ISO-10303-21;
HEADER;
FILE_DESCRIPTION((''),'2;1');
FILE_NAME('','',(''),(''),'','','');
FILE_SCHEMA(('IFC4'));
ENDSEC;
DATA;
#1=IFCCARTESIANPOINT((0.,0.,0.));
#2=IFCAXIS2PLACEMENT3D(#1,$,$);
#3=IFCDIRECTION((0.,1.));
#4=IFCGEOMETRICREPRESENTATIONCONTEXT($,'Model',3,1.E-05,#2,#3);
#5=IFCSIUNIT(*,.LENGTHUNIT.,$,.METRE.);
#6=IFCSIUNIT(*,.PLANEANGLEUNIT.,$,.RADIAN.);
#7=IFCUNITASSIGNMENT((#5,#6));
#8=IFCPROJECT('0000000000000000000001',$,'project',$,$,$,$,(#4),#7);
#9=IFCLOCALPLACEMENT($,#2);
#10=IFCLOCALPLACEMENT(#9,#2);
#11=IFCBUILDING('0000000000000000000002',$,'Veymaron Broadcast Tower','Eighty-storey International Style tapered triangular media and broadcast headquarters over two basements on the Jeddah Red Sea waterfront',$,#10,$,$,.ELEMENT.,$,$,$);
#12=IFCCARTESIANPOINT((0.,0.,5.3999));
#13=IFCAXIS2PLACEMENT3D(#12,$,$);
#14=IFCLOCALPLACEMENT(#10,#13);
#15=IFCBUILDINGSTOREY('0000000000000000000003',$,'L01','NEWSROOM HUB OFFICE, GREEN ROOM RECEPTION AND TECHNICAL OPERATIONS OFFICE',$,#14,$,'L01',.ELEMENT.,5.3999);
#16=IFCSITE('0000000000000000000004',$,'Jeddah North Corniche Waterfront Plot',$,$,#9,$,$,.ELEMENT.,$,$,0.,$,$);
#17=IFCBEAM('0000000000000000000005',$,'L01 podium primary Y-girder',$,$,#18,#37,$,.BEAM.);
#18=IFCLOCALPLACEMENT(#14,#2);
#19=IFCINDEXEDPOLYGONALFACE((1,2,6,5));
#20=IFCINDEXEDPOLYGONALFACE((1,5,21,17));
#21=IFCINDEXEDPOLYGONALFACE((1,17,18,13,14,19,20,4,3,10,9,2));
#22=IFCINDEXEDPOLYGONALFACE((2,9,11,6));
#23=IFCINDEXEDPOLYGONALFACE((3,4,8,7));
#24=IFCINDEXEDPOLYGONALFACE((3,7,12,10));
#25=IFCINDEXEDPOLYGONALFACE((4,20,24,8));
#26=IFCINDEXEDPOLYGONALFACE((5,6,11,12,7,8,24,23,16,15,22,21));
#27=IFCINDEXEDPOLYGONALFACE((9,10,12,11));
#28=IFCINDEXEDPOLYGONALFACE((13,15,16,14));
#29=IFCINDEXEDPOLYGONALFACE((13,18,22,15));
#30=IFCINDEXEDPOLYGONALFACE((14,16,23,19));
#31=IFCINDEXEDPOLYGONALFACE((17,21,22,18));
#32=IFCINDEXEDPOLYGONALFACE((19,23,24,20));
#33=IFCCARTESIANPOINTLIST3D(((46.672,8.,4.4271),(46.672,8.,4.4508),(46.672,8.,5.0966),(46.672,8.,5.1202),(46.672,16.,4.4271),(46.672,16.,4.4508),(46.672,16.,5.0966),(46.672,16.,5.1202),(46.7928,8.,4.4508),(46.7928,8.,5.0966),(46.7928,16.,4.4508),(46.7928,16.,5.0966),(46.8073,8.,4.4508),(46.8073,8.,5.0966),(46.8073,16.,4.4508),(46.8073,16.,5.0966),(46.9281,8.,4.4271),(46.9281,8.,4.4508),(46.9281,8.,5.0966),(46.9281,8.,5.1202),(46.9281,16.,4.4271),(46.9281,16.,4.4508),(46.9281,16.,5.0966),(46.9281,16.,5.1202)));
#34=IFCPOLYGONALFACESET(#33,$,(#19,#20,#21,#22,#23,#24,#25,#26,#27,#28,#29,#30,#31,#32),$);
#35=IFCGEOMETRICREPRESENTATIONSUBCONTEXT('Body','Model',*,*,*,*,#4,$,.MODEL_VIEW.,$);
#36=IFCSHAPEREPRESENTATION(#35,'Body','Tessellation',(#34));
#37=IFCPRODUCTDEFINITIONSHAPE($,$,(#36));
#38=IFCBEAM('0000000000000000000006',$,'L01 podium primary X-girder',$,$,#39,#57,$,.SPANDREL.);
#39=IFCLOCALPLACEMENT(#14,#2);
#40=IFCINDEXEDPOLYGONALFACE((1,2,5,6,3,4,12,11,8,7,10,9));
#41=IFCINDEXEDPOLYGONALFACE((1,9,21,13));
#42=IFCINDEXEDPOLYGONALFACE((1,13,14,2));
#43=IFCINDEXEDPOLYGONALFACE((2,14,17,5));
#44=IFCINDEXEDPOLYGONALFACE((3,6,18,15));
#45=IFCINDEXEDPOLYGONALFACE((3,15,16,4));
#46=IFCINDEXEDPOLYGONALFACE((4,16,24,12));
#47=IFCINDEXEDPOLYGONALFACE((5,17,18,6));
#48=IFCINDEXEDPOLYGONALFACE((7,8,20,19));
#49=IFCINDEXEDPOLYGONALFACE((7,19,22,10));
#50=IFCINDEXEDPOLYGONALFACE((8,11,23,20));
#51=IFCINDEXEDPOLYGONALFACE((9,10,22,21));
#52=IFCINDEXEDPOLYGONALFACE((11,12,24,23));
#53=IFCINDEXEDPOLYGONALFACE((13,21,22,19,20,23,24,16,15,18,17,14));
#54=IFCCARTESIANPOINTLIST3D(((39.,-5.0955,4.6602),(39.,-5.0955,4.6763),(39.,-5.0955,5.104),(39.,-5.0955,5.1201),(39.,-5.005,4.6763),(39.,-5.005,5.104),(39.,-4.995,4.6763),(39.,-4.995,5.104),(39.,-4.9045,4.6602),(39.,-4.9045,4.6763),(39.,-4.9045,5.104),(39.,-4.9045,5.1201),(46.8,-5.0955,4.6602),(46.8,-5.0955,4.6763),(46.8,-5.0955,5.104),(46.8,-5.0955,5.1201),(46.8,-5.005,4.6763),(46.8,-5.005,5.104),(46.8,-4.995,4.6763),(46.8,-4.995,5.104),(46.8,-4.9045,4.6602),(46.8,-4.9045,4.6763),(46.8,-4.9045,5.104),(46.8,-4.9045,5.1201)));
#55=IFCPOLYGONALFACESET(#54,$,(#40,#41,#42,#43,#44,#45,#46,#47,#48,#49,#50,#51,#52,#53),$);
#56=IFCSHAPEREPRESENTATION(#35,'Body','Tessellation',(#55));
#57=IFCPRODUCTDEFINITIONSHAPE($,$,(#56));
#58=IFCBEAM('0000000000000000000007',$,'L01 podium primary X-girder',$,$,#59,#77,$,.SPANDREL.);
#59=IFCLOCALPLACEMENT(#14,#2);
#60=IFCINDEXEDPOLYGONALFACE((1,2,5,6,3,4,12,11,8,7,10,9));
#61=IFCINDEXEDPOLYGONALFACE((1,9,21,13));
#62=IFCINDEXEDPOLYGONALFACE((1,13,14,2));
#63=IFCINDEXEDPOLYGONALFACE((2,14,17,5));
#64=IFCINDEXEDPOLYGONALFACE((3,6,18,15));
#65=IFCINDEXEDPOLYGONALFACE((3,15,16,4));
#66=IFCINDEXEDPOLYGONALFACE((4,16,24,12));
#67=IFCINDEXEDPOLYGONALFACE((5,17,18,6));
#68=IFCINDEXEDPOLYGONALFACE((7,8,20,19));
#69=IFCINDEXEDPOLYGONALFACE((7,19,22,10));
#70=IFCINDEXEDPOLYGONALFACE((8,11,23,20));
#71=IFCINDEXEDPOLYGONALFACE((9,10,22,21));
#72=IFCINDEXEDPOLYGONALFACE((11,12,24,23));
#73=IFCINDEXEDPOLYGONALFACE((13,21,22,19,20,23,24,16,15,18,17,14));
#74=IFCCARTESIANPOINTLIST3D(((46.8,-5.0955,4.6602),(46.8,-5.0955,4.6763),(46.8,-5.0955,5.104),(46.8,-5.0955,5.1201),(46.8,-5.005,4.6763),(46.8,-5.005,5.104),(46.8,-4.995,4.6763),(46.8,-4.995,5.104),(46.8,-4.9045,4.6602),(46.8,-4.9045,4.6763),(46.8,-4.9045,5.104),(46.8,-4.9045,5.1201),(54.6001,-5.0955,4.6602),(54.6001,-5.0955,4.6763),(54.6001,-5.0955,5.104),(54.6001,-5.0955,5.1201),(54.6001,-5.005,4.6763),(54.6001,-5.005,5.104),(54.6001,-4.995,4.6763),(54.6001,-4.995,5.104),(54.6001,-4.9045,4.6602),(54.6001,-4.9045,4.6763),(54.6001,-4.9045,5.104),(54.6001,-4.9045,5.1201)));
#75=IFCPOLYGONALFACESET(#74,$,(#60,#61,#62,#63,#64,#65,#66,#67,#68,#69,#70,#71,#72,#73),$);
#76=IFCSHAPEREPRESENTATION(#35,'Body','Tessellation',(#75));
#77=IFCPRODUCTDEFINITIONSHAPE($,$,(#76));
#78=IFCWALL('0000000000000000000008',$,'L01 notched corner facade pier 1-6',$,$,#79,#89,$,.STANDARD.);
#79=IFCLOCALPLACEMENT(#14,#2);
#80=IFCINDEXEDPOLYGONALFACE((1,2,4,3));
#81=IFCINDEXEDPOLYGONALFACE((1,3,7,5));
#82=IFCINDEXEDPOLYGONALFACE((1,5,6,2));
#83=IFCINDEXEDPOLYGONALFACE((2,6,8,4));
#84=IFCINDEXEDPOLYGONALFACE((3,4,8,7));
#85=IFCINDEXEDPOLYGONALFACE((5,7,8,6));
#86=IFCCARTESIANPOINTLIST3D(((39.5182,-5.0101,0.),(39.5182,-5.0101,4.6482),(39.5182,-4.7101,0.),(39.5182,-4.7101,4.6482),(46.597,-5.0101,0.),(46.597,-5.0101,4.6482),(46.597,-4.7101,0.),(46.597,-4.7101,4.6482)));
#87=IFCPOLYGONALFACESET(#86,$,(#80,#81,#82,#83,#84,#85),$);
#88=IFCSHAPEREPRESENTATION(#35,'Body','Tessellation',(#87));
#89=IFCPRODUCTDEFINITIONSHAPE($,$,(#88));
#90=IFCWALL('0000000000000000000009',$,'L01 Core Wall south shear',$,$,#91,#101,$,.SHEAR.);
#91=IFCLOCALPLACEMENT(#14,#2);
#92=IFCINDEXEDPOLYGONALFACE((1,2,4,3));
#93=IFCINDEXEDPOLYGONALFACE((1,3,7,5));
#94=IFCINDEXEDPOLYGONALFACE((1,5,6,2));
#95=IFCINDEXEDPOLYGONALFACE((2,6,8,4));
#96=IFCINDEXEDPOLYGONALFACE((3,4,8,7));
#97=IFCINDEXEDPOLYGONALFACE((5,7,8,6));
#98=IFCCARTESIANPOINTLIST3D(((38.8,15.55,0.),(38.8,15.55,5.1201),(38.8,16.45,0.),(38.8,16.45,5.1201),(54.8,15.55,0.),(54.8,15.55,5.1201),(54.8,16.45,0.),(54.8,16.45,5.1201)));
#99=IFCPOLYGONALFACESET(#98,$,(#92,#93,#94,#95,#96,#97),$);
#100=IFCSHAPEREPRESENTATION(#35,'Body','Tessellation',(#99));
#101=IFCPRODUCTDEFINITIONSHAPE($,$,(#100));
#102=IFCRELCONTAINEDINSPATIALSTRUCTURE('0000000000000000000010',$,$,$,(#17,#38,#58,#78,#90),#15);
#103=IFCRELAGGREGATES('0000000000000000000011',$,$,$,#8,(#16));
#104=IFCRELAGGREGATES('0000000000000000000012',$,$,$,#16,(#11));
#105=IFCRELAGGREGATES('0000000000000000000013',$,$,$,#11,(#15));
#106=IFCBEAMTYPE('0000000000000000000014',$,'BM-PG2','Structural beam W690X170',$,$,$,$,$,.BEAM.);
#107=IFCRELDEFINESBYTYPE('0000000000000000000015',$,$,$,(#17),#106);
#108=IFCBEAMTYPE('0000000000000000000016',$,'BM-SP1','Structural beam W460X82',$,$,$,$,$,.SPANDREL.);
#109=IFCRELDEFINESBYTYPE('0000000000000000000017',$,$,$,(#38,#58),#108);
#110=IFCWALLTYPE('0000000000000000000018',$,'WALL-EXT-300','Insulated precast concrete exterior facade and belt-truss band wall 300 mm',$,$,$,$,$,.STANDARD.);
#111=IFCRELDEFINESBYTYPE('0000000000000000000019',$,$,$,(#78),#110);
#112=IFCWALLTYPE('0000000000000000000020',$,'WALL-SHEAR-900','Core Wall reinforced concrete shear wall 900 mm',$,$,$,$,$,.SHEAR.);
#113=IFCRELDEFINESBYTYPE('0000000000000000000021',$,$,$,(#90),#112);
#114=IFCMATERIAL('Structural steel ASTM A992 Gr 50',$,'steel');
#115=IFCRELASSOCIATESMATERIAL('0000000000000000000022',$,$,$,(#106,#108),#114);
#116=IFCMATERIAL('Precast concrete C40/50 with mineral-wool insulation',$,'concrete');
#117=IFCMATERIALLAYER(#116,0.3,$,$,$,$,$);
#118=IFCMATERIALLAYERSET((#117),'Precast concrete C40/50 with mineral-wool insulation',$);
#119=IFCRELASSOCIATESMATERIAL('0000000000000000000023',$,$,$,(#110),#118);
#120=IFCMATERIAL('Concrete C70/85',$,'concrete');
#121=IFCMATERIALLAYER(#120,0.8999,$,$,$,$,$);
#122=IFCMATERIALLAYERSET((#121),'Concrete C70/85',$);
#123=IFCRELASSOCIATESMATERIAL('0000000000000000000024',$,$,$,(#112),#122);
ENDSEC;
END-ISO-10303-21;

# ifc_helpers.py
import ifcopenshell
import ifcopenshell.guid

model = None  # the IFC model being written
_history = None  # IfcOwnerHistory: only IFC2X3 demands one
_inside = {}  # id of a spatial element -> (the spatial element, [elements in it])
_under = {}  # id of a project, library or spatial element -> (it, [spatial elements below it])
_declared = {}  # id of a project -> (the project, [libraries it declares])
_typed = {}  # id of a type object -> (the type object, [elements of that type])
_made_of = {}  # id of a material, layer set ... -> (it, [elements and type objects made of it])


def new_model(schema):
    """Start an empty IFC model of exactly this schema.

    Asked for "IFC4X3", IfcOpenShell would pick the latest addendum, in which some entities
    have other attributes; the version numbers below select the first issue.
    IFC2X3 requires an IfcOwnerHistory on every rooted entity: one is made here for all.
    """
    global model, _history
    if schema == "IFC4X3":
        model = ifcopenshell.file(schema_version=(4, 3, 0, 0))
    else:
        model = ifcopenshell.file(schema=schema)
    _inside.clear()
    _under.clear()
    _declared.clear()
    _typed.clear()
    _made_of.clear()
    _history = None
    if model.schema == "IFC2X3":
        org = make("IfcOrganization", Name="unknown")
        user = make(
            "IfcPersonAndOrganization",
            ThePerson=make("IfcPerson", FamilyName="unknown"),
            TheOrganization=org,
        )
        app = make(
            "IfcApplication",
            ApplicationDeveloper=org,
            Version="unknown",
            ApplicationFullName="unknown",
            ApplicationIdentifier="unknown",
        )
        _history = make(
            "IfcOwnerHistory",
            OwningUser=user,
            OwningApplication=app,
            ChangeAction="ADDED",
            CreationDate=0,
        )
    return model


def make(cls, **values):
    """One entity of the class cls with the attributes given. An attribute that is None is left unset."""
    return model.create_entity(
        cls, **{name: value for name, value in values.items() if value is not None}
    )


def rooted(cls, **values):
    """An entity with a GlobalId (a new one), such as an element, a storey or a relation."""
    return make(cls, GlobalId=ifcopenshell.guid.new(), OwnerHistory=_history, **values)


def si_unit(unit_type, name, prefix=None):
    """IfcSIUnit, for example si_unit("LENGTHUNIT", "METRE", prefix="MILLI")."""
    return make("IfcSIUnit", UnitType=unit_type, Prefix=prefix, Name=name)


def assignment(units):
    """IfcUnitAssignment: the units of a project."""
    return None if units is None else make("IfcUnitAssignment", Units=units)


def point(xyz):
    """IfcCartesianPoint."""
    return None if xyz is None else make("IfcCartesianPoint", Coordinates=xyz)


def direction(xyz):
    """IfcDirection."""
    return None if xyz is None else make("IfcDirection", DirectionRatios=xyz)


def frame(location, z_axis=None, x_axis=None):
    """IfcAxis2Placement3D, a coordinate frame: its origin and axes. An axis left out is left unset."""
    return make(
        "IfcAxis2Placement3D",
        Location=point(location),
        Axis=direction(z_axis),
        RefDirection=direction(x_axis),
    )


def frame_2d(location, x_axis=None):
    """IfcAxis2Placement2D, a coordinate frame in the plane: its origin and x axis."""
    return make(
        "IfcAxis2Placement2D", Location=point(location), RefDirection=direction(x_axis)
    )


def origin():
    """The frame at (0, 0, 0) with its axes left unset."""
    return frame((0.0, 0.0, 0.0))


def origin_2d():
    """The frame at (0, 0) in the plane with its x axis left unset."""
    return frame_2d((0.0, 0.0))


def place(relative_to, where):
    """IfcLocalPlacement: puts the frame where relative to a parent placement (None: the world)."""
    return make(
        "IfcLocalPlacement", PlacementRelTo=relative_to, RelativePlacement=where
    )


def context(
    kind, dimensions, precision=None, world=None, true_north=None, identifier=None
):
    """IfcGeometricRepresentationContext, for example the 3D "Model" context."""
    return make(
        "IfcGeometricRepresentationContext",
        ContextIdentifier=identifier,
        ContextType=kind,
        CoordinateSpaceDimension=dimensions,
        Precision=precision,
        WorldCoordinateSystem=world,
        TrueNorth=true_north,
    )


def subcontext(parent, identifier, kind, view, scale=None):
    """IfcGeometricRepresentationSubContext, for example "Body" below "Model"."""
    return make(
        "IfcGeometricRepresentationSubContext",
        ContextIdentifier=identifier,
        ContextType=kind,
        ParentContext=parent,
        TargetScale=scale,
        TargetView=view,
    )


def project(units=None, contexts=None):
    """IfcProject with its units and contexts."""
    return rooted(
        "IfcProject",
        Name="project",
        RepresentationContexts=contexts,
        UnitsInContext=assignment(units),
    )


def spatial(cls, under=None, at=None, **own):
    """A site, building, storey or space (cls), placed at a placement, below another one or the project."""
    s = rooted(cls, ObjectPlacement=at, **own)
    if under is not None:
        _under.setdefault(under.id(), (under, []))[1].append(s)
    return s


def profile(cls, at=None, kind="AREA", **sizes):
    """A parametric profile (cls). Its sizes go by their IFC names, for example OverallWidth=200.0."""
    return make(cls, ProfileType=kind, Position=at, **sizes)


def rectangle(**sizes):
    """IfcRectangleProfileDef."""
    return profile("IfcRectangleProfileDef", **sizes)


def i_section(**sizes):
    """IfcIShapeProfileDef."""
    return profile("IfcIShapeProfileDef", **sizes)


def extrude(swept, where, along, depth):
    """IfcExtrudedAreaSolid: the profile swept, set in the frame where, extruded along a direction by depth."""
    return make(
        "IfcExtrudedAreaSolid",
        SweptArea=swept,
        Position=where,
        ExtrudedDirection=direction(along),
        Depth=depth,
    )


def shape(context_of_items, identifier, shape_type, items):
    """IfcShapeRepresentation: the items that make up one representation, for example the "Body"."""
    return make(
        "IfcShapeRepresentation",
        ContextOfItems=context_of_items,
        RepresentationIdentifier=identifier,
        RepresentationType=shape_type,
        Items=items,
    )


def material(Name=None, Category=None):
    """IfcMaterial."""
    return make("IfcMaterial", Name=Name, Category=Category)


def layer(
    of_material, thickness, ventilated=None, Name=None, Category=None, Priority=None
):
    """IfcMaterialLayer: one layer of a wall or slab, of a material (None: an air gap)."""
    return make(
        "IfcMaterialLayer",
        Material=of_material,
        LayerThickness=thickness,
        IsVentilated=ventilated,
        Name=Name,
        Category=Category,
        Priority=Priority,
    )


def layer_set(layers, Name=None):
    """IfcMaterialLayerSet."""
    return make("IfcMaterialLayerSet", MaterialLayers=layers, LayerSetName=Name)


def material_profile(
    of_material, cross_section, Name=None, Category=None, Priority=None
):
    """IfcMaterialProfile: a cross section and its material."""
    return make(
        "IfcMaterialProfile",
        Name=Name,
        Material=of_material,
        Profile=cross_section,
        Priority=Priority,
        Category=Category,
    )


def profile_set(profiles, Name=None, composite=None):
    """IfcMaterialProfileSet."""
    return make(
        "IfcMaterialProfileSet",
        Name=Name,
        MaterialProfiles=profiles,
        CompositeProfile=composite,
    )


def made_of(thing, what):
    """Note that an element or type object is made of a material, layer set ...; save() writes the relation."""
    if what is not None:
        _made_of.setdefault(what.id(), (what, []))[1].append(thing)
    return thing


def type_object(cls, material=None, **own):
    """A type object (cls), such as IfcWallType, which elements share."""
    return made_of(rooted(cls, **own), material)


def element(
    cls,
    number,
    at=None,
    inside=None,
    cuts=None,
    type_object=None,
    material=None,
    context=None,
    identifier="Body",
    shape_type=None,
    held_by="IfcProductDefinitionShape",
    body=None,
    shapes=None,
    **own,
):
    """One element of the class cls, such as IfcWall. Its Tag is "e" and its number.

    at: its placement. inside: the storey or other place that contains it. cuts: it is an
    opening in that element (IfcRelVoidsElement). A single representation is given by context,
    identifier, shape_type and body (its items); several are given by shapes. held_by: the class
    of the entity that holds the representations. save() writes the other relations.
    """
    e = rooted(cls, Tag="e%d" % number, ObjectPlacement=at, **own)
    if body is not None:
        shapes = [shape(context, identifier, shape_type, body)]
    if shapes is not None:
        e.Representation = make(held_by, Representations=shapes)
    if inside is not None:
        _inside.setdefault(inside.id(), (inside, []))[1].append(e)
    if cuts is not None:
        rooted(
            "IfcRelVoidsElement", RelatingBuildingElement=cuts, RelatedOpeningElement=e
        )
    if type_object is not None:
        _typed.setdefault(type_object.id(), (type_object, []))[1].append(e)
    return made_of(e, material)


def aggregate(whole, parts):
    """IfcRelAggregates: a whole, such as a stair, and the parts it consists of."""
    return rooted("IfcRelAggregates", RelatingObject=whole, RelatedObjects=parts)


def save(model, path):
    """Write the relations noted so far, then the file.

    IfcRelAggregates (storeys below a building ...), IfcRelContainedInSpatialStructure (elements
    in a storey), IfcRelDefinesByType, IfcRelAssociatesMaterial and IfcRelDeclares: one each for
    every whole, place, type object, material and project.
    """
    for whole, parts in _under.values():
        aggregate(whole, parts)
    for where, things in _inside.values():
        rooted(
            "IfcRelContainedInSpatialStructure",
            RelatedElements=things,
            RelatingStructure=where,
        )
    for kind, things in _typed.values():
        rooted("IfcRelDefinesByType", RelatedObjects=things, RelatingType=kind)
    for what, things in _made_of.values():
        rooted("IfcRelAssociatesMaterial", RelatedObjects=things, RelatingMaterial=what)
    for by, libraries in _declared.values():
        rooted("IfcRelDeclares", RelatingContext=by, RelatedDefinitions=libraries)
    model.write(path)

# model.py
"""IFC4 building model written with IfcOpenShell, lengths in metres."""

from ifc_helpers import new_model, si_unit, direction, frame, frame_2d, origin, origin_2d, place, context, subcontext, project, spatial, rectangle, i_section, extrude, material, layer, layer_set, material_profile, profile_set, type_object, element, save


model = new_model("IFC4")

# Units and contexts
model_context = context("Model", 3, precision=1e-05, world=origin(), true_north=direction((0.0, 1.0)))
body_context = subcontext(model_context, "Body", "Model", "MODEL_VIEW")
ifc_project = project(units=[si_unit("LENGTHUNIT", "METRE"), si_unit("PLANEANGLEUNIT", "RADIAN")], contexts=[model_context])

# Site, building, storey
site_placement = place(None, origin())
site = spatial("IfcSite", under=ifc_project, at=site_placement, Name="Jeddah North Corniche Waterfront Plot", CompositionType="ELEMENT", RefElevation=0.0)
building_placement = place(site_placement, origin())
building = spatial("IfcBuilding", under=site, at=building_placement, Name="Veymaron Broadcast Tower", Description="Eighty-storey International Style tapered triangular media and broadcast headquarters over two basements on the Jeddah Red Sea waterfront", CompositionType="ELEMENT")
storey_placement = place(building_placement, frame((0.0, 0.0, 5.3999)))
storey = spatial("IfcBuildingStorey", under=building, at=storey_placement, Name="L01", Description="NEWSROOM HUB OFFICE, GREEN ROOM RECEPTION AND TECHNICAL OPERATIONS OFFICE", LongName="L01", CompositionType="ELEMENT", Elevation=5.3999)

# Shared definitions
ifc_material_1 = material(Name="Structural steel ASTM A992 Gr 50", Category="steel")

# Beams
ifc_material_profile_1 = material_profile(ifc_material_1, i_section(OverallWidth=0.2561, OverallDepth=0.6931, WebThickness=0.0144, FlangeThickness=0.0237, at=origin_2d()), Name="W690X170")
ifc_profile_set_1 = profile_set([ifc_material_profile_1], Name="Structural steel ASTM A992 Gr 50")
beam_type_1 = type_object("IfcBeamType", Name="BM-PG2", Description="Structural beam W690X170", PredefinedType="BEAM", material=ifc_profile_set_1)
for number, where, z_axis, x_axis, name in (
    (1, (46.8, 8.0, 4.7737), (0.0, 1.0, 0.0), (-1.0, 0.0, 0.0), "L01 podium primary Y-girder"),
):
    element("IfcBeam", number, at=place(storey_placement, frame(where, z_axis=z_axis, x_axis=x_axis)), inside=storey, type_object=beam_type_1, Name=name, PredefinedType="BEAM", context=body_context, shape_type="SweptSolid", body=[
        extrude(i_section(OverallWidth=0.2561, OverallDepth=0.6931, WebThickness=0.0144, FlangeThickness=0.0237, at=origin_2d()), origin(), (0.0, 0.0, 1.0), 8.0),
    ])
ifc_material_profile_2 = material_profile(ifc_material_1, i_section(OverallWidth=0.1909, OverallDepth=0.46, WebThickness=0.01, FlangeThickness=0.0161, at=origin_2d()), Name="W460X82")
ifc_profile_set_2 = profile_set([ifc_material_profile_2], Name="Structural steel ASTM A992 Gr 50")
beam_type_2 = type_object("IfcBeamType", Name="BM-SP1", Description="Structural beam W460X82", PredefinedType="SPANDREL", material=ifc_profile_set_2)
for number, where, z_axis, x_axis, name in (
    (2, (39.0, -5.0, 4.8901), (1.0, 0.0, 0.0), (0.0, 1.0, 0.0), "L01 podium primary X-girder"),
    (3, (46.8, -5.0, 4.8901), (1.0, 0.0, 0.0), (0.0, 1.0, 0.0), "L01 podium primary X-girder"),
):
    element("IfcBeam", number, at=place(storey_placement, frame(where, z_axis=z_axis, x_axis=x_axis)), inside=storey, type_object=beam_type_2, Name=name, PredefinedType="SPANDREL", context=body_context, shape_type="SweptSolid", body=[
        extrude(i_section(OverallWidth=0.1909, OverallDepth=0.46, WebThickness=0.01, FlangeThickness=0.0161, at=origin_2d()), origin(), (0.0, 0.0, 1.0), 7.8),
    ])

# Walls
ifc_material_2 = material(Name="Precast concrete C40/50 with mineral-wool insulation", Category="concrete")
ifc_layer_1 = layer(ifc_material_2, 0.3)
ifc_layer_set_1 = layer_set([ifc_layer_1], Name="Precast concrete C40/50 with mineral-wool insulation")
wall_type_1 = type_object("IfcWallType", Name="WALL-EXT-300", Description="Insulated precast concrete exterior facade and belt-truss band wall 300 mm", PredefinedType="STANDARD", material=ifc_layer_set_1)
wall_1_placement = place(storey_placement, frame((39.5181, -4.8601, 0.0), z_axis=(0.0, 0.0, 1.0), x_axis=(1.0, 0.0, 0.0)))
element("IfcWall", 4, at=wall_1_placement, inside=storey, type_object=wall_type_1, Name="L01 notched corner facade pier 1-6", PredefinedType="STANDARD", context=body_context, shape_type="SweptSolid", body=[
    extrude(rectangle(XDim=7.0789, YDim=0.3, at=frame_2d((3.5396, 0.0))), origin(), (0.0, 0.0, 1.0), 4.6482),
])
ifc_material_3 = material(Name="Concrete C70/85", Category="concrete")
ifc_layer_2 = layer(ifc_material_3, 0.8999)
ifc_layer_set_2 = layer_set([ifc_layer_2], Name="Concrete C70/85")
wall_type_2 = type_object("IfcWallType", Name="WALL-SHEAR-900", Description="Core Wall reinforced concrete shear wall 900 mm", PredefinedType="SHEAR", material=ifc_layer_set_2)
wall_2_placement = place(storey_placement, frame((38.8, 16.0, 0.0), z_axis=(0.0, 0.0, 1.0), x_axis=(1.0, 0.0, 0.0)))
element("IfcWall", 5, at=wall_2_placement, inside=storey, type_object=wall_type_2, Name="L01 Core Wall south shear", PredefinedType="SHEAR", context=body_context, shape_type="SweptSolid", body=[
    extrude(rectangle(XDim=16.0, YDim=0.8999, at=frame_2d((8.0, 0.0))), origin(), (0.0, 0.0, 1.0), 5.1201),
])

save(model, "model.ifc")
